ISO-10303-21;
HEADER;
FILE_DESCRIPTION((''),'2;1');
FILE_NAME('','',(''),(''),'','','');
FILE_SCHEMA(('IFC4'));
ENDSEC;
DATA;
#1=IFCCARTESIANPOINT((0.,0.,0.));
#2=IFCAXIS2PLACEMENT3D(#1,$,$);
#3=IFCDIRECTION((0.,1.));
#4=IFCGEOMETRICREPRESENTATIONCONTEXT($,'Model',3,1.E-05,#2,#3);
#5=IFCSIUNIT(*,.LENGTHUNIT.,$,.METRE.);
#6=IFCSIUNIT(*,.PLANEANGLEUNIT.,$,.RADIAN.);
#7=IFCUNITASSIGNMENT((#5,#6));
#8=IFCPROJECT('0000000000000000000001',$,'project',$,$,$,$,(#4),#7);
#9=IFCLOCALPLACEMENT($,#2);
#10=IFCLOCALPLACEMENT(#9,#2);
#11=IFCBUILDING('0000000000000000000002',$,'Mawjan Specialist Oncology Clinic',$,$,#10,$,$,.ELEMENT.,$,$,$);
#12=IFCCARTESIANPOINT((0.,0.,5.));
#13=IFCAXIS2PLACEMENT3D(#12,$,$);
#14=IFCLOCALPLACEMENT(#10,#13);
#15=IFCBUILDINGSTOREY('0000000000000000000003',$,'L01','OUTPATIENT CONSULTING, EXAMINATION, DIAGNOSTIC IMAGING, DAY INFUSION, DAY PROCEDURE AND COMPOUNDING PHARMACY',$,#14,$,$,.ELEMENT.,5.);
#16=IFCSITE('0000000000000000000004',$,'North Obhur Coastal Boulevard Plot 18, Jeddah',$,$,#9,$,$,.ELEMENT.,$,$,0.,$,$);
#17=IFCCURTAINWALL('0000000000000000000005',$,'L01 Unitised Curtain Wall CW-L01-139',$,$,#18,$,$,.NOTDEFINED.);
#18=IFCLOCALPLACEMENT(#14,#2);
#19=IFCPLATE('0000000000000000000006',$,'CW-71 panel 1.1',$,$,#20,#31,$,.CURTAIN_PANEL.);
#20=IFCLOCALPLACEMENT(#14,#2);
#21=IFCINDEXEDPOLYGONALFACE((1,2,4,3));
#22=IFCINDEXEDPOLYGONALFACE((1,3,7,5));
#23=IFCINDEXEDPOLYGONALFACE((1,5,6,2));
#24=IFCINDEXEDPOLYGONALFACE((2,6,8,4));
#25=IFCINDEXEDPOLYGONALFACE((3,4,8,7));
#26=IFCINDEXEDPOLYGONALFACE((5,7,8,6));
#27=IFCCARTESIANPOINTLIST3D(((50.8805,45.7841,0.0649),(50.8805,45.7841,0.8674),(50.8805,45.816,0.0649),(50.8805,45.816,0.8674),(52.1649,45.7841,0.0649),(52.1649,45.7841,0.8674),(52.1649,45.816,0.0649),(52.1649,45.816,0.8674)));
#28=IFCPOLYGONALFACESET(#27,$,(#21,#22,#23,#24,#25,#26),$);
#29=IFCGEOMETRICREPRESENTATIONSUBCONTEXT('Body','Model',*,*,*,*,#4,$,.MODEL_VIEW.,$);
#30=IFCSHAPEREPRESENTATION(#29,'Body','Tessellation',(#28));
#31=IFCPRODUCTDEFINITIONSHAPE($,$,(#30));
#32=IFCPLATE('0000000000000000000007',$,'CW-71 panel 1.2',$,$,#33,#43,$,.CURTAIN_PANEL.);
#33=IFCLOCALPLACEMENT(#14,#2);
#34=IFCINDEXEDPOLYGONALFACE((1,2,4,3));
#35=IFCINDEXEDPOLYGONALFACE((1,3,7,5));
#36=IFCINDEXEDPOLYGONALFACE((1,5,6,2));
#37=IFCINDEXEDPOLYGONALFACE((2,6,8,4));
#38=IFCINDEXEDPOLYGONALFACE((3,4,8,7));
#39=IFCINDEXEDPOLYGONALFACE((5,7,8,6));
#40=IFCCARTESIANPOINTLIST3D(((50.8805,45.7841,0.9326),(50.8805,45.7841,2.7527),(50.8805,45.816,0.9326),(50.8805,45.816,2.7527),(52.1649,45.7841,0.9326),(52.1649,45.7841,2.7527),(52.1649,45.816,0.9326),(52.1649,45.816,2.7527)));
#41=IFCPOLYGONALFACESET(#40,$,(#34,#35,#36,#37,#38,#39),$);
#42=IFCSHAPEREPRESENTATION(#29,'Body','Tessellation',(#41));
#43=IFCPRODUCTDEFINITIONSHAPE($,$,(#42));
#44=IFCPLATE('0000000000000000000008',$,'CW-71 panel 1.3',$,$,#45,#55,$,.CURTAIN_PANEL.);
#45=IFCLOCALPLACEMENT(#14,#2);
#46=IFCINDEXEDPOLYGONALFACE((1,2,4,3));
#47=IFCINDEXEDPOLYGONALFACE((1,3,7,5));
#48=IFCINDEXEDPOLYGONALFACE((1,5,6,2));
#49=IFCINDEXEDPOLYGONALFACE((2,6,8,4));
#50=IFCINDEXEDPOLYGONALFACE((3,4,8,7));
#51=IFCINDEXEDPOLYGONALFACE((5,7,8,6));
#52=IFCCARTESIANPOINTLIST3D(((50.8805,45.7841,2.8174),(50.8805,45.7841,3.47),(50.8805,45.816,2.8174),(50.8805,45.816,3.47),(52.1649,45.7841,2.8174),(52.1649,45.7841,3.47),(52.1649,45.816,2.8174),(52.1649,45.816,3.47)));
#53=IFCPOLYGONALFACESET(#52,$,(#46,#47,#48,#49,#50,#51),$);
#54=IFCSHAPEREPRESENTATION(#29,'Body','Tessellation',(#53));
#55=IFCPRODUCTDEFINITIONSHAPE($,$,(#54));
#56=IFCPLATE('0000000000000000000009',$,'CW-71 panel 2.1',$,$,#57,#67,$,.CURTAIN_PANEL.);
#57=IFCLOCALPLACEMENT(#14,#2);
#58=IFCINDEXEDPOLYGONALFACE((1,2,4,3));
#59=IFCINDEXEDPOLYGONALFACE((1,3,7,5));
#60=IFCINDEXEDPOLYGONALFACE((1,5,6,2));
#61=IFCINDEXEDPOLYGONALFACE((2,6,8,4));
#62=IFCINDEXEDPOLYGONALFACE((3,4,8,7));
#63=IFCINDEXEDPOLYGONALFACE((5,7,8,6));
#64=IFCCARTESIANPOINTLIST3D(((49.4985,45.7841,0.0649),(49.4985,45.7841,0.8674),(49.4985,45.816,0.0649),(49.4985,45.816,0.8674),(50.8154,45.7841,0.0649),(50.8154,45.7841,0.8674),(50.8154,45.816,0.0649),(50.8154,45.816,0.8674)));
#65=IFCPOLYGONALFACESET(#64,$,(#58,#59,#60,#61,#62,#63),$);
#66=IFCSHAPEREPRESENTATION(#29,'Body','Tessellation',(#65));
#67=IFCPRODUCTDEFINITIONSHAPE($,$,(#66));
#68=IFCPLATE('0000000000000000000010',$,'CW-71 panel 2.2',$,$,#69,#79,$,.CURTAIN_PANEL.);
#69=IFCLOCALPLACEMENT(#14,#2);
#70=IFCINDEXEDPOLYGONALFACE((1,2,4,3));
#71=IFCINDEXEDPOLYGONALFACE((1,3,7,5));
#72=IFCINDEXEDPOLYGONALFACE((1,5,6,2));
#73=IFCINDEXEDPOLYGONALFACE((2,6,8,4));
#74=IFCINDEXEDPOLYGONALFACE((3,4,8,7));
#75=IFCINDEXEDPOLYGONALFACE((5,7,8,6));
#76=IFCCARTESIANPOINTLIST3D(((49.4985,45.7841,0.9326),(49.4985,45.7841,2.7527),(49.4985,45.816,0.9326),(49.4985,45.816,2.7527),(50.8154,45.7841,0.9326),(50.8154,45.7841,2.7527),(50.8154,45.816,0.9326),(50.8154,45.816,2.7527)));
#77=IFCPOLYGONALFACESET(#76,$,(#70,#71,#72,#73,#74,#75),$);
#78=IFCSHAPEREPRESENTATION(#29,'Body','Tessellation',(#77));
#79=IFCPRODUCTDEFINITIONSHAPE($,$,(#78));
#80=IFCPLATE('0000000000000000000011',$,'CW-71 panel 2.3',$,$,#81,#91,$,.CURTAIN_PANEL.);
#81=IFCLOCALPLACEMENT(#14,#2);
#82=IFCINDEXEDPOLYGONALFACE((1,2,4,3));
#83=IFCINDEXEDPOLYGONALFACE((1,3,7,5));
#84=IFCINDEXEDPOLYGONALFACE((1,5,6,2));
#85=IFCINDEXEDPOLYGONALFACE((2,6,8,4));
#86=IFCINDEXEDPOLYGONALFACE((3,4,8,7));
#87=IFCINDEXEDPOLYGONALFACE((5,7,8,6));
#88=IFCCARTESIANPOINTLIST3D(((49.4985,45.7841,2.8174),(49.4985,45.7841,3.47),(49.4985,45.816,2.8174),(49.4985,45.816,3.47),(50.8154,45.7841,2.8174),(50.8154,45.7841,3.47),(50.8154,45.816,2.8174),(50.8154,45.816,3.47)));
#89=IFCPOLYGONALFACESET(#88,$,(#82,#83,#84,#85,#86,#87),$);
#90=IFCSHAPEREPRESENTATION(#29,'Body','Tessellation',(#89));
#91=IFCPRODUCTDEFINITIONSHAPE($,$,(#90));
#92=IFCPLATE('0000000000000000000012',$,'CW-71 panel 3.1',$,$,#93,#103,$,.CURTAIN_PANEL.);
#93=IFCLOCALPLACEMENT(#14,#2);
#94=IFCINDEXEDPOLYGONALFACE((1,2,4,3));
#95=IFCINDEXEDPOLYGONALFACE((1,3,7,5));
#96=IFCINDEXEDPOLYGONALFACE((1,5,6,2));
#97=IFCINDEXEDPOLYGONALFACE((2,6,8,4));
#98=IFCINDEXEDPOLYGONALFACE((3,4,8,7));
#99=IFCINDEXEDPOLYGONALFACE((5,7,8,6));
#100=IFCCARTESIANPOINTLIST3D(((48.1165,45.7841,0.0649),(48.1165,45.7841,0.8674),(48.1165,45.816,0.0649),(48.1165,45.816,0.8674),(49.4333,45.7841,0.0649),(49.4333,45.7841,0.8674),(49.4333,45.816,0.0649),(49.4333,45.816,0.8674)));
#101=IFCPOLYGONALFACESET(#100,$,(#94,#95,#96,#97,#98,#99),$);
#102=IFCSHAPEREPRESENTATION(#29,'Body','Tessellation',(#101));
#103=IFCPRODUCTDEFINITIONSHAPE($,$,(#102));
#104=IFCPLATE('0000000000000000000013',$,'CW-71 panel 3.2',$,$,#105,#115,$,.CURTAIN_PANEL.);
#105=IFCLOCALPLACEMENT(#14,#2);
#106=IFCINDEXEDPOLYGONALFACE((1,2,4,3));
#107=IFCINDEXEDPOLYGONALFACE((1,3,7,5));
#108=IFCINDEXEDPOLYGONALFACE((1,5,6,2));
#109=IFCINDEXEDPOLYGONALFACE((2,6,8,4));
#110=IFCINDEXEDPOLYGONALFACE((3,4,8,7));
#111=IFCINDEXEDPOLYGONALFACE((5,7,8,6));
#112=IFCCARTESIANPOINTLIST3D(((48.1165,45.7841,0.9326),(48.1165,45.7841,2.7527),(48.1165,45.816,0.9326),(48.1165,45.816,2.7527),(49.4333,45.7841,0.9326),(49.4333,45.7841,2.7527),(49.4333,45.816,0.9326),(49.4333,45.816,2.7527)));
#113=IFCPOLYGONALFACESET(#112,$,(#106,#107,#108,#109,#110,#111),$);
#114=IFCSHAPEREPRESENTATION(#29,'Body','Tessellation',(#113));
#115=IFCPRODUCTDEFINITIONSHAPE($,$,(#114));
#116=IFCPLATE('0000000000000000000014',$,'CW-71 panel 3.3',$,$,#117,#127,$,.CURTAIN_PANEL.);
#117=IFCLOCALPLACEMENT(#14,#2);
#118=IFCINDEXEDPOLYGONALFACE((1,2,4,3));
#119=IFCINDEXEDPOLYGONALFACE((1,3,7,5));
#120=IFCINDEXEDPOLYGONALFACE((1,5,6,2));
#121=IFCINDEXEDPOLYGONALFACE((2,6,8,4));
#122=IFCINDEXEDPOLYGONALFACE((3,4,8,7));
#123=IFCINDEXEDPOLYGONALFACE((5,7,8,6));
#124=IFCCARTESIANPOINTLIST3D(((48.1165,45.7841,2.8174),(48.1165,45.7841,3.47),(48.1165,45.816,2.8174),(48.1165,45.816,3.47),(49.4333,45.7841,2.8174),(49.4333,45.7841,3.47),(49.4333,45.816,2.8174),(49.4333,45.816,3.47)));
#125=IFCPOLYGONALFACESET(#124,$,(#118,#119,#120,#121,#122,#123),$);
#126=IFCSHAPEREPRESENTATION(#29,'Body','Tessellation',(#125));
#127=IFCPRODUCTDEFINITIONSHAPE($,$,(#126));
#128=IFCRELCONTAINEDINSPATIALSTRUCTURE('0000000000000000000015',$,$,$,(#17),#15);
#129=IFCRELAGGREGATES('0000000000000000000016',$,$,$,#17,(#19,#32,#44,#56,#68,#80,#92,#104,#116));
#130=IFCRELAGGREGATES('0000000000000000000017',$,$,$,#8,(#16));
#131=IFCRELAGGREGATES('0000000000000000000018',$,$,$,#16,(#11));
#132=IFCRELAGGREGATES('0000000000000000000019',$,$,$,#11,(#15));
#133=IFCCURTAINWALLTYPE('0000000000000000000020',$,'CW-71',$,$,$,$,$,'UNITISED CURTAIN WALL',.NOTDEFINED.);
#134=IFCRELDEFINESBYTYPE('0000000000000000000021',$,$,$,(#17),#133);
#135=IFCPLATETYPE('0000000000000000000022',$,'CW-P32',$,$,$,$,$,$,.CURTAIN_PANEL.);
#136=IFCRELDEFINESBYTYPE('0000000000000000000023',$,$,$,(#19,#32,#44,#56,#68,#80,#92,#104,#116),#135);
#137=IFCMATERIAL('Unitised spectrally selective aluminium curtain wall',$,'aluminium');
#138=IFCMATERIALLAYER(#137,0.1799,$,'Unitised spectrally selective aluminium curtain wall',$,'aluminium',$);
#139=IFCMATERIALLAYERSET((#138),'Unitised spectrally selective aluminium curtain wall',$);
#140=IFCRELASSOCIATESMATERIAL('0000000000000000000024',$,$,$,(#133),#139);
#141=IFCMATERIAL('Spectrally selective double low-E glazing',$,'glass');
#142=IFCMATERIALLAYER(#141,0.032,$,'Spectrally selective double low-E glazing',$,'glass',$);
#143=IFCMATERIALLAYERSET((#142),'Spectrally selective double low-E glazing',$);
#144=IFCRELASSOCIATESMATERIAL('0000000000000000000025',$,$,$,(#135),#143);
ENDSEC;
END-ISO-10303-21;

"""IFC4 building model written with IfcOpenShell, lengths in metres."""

from ifc_helpers import new_model, si_unit, direction, frame, origin, origin_2d, place, context, subcontext, project, spatial, rectangle, extrude, material, layer, layer_set, type_object, element, aggregate, save


model = new_model("IFC4")

# Units and contexts
model_context = context("Model", 3, precision=1e-05, world=origin(), true_north=direction((0.0, 1.0)))
body_context = subcontext(model_context, "Body", "Model", "MODEL_VIEW")
ifc_project = project(units=[si_unit("LENGTHUNIT", "METRE"), si_unit("PLANEANGLEUNIT", "RADIAN")], contexts=[model_context])

# Site, building, storey
site_placement = place(None, origin())
site = spatial("IfcSite", under=ifc_project, at=site_placement, Name="North Obhur Coastal Boulevard Plot 18, Jeddah", CompositionType="ELEMENT", RefElevation=0.0)
building_placement = place(site_placement, origin())
building = spatial("IfcBuilding", under=site, at=building_placement, Name="Mawjan Specialist Oncology Clinic", CompositionType="ELEMENT")
storey_placement = place(building_placement, frame((0.0, 0.0, 5.0)))
storey = spatial("IfcBuildingStorey", under=building, at=storey_placement, Name="L01", Description="OUTPATIENT CONSULTING, EXAMINATION, DIAGNOSTIC IMAGING, DAY INFUSION, DAY PROCEDURE AND COMPOUNDING PHARMACY", CompositionType="ELEMENT", Elevation=5.0)

# Curtain wall
ifc_material_1 = material(Name="Unitised spectrally selective aluminium curtain wall", Category="aluminium")
ifc_layer_1 = layer(ifc_material_1, 0.1799, Name="Unitised spectrally selective aluminium curtain wall", Category="aluminium")
ifc_layer_set_1 = layer_set([ifc_layer_1], Name="Unitised spectrally selective aluminium curtain wall")
curtain_wall_type_1 = type_object("IfcCurtainWallType", Name="CW-71", ElementType="UNITISED CURTAIN WALL", PredefinedType="NOTDEFINED", material=ifc_layer_set_1)
curtain_wall_1_placement = place(storey_placement, origin())
curtain_wall_1 = element("IfcCurtainWall", 1, at=curtain_wall_1_placement, inside=storey, type_object=curtain_wall_type_1, Name="L01 Unitised Curtain Wall CW-L01-139", PredefinedType="NOTDEFINED")

# Plates
ifc_material_2 = material(Name="Spectrally selective double low-E glazing", Category="glass")
ifc_layer_2 = layer(ifc_material_2, 0.032, Name="Spectrally selective double low-E glazing", Category="glass")
ifc_layer_set_2 = layer_set([ifc_layer_2], Name="Spectrally selective double low-E glazing")
plate_type = type_object("IfcPlateType", Name="CW-P32", PredefinedType="CURTAIN_PANEL", material=ifc_layer_set_2)
plate_1_placement = place(storey_placement, frame((51.5227, 45.8, 0.0649), z_axis=(0.0, 0.0, 1.0), x_axis=(-1.0, 0.0, 0.0)))
plate_1 = element("IfcPlate", 2, at=plate_1_placement, type_object=plate_type, Name="CW-71 panel 1.1", PredefinedType="CURTAIN_PANEL", context=body_context, shape_type="SweptSolid", body=[
    extrude(rectangle(XDim=1.2844, YDim=0.032, at=origin_2d()), origin(), (0.0, 0.0, 1.0), 0.8025),
])
plate_2_placement = place(storey_placement, frame((51.5227, 45.8, 0.9326), z_axis=(0.0, 0.0, 1.0), x_axis=(-1.0, 0.0, 0.0)))
plate_2 = element("IfcPlate", 3, at=plate_2_placement, type_object=plate_type, Name="CW-71 panel 1.2", PredefinedType="CURTAIN_PANEL", context=body_context, shape_type="SweptSolid", body=[
    extrude(rectangle(XDim=1.2844, YDim=0.032, at=origin_2d()), origin(), (0.0, 0.0, 1.0), 1.8201),
])
plate_3_placement = place(storey_placement, frame((51.5227, 45.8, 2.8174), z_axis=(0.0, 0.0, 1.0), x_axis=(-1.0, 0.0, 0.0)))
plate_3 = element("IfcPlate", 4, at=plate_3_placement, type_object=plate_type, Name="CW-71 panel 1.3", PredefinedType="CURTAIN_PANEL", context=body_context, shape_type="SweptSolid", body=[
    extrude(rectangle(XDim=1.2844, YDim=0.032, at=origin_2d()), origin(), (0.0, 0.0, 1.0), 0.6526),
])
plate_4_placement = place(storey_placement, frame((50.157, 45.8, 0.0649), z_axis=(0.0, 0.0, 1.0), x_axis=(-1.0, 0.0, 0.0)))
plate_4 = element("IfcPlate", 5, at=plate_4_placement, type_object=plate_type, Name="CW-71 panel 2.1", PredefinedType="CURTAIN_PANEL", context=body_context, shape_type="SweptSolid", body=[
    extrude(rectangle(XDim=1.3169, YDim=0.032, at=origin_2d()), origin(), (0.0, 0.0, 1.0), 0.8025),
])
plate_5_placement = place(storey_placement, frame((50.157, 45.8, 0.9326), z_axis=(0.0, 0.0, 1.0), x_axis=(-1.0, 0.0, 0.0)))
plate_5 = element("IfcPlate", 6, at=plate_5_placement, type_object=plate_type, Name="CW-71 panel 2.2", PredefinedType="CURTAIN_PANEL", context=body_context, shape_type="SweptSolid", body=[
    extrude(rectangle(XDim=1.3169, YDim=0.032, at=origin_2d()), origin(), (0.0, 0.0, 1.0), 1.8201),
])
plate_6_placement = place(storey_placement, frame((50.157, 45.8, 2.8174), z_axis=(0.0, 0.0, 1.0), x_axis=(-1.0, 0.0, 0.0)))
plate_6 = element("IfcPlate", 7, at=plate_6_placement, type_object=plate_type, Name="CW-71 panel 2.3", PredefinedType="CURTAIN_PANEL", context=body_context, shape_type="SweptSolid", body=[
    extrude(rectangle(XDim=1.3169, YDim=0.032, at=origin_2d()), origin(), (0.0, 0.0, 1.0), 0.6526),
])
plate_7_placement = place(storey_placement, frame((48.7749, 45.8, 0.0649), z_axis=(0.0, 0.0, 1.0), x_axis=(-1.0, 0.0, 0.0)))
plate_7 = element("IfcPlate", 8, at=plate_7_placement, type_object=plate_type, Name="CW-71 panel 3.1", PredefinedType="CURTAIN_PANEL", context=body_context, shape_type="SweptSolid", body=[
    extrude(rectangle(XDim=1.3169, YDim=0.032, at=origin_2d()), origin(), (0.0, 0.0, 1.0), 0.8025),
])
plate_8_placement = place(storey_placement, frame((48.7749, 45.8, 0.9326), z_axis=(0.0, 0.0, 1.0), x_axis=(-1.0, 0.0, 0.0)))
plate_8 = element("IfcPlate", 9, at=plate_8_placement, type_object=plate_type, Name="CW-71 panel 3.2", PredefinedType="CURTAIN_PANEL", context=body_context, shape_type="SweptSolid", body=[
    extrude(rectangle(XDim=1.3169, YDim=0.032, at=origin_2d()), origin(), (0.0, 0.0, 1.0), 1.8201),
])
plate_9_placement = place(storey_placement, frame((48.7749, 45.8, 2.8174), z_axis=(0.0, 0.0, 1.0), x_axis=(-1.0, 0.0, 0.0)))
plate_9 = element("IfcPlate", 10, at=plate_9_placement, type_object=plate_type, Name="CW-71 panel 3.3", PredefinedType="CURTAIN_PANEL", context=body_context, shape_type="SweptSolid", body=[
    extrude(rectangle(XDim=1.3169, YDim=0.032, at=origin_2d()), origin(), (0.0, 0.0, 1.0), 0.6526),
])
aggregate(curtain_wall_1, [plate_1, plate_2, plate_3, plate_4, plate_5, plate_6, plate_7, plate_8, plate_9])

save(model, "model.ifc")
